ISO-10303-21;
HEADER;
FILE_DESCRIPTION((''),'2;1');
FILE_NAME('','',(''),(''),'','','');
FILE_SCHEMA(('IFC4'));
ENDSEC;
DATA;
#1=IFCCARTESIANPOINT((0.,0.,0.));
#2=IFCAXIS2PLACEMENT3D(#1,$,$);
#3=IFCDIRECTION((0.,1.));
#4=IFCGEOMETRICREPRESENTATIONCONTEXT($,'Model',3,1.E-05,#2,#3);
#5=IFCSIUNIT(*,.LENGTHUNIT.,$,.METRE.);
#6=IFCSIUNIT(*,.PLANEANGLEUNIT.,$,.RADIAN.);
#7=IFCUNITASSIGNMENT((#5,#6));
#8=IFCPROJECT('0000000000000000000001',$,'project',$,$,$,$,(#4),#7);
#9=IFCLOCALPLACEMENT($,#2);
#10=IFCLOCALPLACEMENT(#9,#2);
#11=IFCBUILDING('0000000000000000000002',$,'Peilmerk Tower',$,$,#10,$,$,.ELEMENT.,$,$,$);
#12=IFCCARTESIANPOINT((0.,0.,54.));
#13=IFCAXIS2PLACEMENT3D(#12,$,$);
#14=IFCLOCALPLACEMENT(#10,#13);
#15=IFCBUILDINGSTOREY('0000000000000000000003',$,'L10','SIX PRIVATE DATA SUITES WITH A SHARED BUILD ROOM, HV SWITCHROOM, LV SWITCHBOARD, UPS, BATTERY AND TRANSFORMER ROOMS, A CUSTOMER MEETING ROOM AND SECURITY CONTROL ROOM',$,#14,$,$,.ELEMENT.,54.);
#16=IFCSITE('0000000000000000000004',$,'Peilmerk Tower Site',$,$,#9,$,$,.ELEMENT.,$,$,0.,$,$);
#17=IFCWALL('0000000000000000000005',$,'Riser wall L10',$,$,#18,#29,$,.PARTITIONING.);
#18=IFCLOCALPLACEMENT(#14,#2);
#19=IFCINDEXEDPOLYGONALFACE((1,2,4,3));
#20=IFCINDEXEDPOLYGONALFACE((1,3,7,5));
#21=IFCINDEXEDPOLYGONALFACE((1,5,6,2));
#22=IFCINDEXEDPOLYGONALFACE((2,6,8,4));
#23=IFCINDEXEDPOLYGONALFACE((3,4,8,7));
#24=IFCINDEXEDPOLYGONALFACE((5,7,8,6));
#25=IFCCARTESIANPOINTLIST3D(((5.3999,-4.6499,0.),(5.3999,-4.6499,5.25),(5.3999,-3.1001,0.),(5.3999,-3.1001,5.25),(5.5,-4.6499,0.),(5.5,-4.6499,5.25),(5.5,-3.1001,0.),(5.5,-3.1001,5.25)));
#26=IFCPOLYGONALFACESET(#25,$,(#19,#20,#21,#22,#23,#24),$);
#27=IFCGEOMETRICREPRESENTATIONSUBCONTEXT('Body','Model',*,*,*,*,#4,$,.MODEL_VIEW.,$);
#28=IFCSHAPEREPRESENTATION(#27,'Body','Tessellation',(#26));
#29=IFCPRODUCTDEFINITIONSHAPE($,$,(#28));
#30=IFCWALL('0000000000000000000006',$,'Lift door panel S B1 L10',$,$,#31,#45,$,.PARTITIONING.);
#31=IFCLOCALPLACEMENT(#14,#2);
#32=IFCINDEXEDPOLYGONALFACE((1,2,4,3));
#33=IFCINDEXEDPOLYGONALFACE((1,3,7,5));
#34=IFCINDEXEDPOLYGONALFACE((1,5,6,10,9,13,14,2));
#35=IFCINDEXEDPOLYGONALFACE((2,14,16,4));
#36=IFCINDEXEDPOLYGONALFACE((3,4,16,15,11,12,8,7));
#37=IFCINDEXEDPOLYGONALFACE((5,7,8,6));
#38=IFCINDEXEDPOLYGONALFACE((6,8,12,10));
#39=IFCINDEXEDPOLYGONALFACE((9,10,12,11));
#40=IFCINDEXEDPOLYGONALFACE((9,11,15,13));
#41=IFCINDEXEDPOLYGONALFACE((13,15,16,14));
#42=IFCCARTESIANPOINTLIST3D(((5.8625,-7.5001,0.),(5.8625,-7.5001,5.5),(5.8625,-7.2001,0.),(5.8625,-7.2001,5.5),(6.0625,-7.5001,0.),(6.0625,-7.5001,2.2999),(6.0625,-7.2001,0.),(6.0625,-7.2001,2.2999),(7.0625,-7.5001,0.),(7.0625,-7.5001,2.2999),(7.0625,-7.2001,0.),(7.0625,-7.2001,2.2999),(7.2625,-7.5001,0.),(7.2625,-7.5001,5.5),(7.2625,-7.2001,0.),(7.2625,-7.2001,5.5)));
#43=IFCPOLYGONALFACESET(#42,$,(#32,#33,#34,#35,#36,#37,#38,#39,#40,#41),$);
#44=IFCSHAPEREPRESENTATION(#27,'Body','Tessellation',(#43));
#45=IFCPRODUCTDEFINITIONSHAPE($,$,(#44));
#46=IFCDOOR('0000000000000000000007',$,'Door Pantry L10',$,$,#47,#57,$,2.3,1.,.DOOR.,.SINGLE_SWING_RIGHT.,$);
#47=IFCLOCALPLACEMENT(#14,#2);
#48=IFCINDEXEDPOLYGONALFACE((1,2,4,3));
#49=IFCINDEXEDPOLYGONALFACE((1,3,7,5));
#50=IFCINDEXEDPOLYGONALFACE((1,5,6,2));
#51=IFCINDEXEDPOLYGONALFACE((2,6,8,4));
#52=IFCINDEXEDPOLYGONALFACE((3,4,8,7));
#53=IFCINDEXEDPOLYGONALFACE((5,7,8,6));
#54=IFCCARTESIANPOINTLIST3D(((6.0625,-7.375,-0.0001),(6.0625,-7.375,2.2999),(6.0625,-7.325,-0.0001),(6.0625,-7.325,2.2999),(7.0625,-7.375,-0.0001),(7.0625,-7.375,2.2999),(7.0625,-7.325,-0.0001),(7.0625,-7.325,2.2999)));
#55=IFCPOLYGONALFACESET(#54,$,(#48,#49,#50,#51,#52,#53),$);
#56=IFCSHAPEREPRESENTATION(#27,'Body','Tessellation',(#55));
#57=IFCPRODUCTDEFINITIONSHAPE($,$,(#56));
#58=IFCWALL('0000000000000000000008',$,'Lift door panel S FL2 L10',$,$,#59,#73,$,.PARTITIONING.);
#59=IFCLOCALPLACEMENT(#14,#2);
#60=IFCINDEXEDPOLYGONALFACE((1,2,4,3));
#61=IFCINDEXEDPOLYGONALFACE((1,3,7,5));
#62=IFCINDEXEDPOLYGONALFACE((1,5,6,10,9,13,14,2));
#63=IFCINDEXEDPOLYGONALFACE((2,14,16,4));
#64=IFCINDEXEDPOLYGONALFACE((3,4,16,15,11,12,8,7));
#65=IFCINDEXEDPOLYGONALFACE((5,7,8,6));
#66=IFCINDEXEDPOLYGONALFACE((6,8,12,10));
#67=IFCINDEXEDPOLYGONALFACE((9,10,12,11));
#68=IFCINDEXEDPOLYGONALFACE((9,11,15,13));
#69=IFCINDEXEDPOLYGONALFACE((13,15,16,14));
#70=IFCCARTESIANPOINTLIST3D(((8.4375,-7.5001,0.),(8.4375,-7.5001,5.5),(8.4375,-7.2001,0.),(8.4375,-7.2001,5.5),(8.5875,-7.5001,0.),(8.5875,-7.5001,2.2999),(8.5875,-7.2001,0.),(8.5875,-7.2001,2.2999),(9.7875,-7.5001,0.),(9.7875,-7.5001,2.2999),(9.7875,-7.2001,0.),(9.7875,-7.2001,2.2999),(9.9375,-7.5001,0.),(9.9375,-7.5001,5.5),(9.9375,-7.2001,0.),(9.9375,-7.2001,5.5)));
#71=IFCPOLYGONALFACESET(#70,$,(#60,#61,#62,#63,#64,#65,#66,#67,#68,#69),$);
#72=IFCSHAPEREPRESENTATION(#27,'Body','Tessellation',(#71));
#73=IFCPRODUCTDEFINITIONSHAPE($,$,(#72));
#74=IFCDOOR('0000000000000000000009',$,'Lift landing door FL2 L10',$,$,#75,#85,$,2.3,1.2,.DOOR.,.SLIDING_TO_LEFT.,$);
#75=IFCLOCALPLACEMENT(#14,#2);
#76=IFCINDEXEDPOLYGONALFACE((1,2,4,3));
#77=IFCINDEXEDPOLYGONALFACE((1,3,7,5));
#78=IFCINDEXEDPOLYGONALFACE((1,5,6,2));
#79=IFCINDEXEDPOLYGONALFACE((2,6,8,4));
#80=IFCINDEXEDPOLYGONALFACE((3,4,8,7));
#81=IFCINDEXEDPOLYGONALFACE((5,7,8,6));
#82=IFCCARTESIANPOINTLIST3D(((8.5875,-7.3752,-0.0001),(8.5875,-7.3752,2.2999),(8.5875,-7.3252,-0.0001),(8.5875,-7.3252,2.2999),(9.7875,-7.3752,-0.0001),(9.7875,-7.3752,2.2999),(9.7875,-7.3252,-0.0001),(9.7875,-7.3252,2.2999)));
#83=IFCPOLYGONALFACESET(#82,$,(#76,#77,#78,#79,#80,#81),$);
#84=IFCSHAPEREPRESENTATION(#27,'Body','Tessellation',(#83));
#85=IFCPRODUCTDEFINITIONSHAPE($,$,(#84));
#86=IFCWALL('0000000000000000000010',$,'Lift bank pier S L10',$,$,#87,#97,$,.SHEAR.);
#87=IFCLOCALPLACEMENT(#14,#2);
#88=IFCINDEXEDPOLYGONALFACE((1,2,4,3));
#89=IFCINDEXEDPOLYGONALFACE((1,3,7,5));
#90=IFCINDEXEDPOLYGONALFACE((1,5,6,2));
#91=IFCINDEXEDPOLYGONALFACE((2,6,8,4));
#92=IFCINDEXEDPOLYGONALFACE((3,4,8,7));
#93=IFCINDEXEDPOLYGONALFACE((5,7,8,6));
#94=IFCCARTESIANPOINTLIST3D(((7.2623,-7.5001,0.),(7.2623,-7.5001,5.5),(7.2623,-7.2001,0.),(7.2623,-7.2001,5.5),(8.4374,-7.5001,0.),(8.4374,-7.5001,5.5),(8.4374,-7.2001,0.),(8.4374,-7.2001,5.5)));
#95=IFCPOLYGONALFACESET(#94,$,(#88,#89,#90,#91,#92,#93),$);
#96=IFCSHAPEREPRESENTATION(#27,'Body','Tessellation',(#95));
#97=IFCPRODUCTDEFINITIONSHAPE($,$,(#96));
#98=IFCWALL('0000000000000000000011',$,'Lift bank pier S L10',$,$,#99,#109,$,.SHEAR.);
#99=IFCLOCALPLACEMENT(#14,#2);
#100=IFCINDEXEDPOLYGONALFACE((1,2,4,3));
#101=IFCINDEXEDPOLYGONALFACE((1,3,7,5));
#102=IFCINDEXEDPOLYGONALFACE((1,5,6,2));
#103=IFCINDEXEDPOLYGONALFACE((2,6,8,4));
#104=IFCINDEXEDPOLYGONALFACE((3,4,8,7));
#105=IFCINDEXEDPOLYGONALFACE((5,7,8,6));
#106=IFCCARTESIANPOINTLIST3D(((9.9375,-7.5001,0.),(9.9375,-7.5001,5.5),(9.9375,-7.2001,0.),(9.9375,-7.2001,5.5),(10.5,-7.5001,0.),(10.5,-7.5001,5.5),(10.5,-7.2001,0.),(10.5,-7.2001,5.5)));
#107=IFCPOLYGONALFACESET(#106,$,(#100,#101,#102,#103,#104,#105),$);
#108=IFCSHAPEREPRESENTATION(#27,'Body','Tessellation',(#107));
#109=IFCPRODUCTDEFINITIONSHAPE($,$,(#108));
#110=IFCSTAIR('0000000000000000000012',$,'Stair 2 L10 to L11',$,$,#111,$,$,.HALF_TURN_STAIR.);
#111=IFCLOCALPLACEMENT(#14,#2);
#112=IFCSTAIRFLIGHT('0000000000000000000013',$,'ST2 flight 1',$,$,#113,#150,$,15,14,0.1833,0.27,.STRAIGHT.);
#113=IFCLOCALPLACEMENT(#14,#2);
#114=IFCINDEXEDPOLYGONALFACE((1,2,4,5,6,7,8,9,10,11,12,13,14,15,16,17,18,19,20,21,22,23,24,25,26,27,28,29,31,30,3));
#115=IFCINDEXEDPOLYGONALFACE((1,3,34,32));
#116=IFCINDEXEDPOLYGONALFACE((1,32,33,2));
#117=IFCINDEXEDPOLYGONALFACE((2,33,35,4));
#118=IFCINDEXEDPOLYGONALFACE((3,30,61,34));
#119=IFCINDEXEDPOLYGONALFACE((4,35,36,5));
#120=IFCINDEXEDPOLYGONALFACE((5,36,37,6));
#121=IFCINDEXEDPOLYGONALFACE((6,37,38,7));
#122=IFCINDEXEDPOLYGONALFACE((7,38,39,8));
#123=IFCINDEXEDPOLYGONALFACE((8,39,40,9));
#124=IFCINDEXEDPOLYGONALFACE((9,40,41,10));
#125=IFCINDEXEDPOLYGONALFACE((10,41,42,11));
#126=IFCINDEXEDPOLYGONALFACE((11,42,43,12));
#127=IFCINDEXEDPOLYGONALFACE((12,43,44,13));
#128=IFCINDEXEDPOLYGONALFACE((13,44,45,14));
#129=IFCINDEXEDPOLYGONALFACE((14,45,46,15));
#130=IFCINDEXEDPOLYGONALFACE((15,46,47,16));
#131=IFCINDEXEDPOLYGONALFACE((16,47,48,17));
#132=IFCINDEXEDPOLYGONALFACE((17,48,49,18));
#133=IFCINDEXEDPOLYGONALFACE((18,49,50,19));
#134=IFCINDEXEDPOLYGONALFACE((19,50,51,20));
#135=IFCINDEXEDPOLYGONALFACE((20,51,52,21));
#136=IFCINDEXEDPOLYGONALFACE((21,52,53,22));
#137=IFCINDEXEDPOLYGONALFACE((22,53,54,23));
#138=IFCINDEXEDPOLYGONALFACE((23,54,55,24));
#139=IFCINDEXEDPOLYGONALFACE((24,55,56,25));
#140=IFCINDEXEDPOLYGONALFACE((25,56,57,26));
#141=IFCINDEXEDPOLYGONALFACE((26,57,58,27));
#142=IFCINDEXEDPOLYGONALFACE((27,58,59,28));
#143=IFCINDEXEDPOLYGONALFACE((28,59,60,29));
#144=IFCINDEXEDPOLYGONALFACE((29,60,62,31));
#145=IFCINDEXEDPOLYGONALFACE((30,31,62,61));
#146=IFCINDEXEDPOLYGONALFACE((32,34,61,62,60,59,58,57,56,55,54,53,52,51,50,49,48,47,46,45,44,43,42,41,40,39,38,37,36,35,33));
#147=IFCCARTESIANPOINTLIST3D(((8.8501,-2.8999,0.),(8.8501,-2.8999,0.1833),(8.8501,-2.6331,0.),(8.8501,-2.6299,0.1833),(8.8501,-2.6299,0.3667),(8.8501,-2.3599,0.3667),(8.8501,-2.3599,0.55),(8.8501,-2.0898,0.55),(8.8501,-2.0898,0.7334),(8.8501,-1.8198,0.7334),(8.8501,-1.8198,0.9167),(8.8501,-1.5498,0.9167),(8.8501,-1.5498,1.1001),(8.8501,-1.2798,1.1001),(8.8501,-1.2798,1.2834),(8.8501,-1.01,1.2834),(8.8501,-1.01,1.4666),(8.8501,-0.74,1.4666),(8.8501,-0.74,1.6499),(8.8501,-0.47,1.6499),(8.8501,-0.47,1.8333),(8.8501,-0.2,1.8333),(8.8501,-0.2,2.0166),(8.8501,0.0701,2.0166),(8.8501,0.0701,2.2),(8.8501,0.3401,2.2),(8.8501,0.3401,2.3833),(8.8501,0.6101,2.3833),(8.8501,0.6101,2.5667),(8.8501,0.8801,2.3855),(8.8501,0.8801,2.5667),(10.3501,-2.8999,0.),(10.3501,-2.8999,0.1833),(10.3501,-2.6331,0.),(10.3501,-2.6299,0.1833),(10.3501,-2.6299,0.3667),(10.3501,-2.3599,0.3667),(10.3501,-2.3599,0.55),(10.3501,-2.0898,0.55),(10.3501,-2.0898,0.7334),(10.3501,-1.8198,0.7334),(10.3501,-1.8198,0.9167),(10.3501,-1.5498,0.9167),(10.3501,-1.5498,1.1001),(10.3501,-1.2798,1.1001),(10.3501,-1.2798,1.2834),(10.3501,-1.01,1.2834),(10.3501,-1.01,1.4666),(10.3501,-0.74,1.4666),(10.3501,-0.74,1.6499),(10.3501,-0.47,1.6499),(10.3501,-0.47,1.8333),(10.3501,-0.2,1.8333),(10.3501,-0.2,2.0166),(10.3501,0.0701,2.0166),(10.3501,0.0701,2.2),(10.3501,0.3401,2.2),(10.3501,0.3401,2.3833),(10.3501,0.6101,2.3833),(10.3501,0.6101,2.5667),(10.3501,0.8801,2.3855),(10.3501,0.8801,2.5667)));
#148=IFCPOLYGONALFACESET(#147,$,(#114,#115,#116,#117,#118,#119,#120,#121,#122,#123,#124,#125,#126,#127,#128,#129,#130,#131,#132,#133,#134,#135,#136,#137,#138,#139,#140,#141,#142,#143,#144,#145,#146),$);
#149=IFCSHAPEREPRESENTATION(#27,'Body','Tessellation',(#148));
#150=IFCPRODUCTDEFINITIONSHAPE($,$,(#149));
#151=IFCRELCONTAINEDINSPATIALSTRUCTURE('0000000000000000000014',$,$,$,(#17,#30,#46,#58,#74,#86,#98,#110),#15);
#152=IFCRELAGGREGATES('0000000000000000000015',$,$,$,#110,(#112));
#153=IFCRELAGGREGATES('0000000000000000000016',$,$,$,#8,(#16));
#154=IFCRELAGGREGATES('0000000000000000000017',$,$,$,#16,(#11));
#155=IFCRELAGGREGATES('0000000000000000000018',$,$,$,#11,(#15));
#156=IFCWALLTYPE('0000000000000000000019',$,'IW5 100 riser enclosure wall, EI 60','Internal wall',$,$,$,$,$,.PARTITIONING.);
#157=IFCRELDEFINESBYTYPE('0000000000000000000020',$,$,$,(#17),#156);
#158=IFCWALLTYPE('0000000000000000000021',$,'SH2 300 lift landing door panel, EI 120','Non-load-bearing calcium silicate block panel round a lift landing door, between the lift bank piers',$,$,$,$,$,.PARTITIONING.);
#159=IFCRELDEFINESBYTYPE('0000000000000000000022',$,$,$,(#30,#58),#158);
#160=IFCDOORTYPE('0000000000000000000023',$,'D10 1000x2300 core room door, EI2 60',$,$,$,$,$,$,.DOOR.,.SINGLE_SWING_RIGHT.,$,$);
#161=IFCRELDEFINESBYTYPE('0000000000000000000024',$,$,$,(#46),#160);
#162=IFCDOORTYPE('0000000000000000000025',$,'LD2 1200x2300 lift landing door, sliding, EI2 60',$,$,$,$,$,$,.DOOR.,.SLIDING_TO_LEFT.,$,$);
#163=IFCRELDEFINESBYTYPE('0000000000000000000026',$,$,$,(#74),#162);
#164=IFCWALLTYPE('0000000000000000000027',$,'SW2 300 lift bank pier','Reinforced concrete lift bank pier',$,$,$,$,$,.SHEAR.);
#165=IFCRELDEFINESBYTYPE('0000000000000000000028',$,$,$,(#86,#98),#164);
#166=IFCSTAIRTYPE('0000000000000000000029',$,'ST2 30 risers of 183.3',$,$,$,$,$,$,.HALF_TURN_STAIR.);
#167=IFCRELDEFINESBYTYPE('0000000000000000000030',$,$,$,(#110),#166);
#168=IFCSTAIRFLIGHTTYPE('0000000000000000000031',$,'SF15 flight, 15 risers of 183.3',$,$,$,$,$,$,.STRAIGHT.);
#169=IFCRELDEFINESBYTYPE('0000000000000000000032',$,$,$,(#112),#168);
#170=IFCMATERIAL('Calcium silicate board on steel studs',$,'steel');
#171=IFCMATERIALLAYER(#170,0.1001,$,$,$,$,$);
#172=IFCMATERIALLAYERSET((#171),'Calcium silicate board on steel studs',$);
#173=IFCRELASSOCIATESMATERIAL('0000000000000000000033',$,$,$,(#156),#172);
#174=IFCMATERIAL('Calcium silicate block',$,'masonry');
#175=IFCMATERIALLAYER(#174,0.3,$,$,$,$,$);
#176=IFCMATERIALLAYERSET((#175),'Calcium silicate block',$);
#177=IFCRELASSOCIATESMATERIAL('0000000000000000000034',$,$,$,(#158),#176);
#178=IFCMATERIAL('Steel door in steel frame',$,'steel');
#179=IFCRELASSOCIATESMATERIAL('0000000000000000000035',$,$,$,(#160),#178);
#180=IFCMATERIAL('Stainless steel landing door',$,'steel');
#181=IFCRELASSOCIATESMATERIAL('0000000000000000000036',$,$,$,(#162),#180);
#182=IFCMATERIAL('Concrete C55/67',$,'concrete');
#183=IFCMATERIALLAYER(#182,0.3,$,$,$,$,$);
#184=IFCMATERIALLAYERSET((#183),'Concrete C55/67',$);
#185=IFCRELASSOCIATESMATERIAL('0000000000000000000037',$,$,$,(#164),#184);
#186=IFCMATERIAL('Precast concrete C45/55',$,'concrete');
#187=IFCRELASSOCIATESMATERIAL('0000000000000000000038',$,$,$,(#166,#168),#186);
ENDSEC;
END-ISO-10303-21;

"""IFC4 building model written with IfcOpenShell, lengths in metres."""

from ifc_helpers import new_model, si_unit, direction, frame, frame_2d, origin, place, context, subcontext, project, spatial, polyline, rectangle, outline, extrude, material, layer, layer_set, type_object, element, fill, aggregate, save


model = new_model("IFC4")

# Units and contexts
model_context = context("Model", 3, precision=1e-05, world=origin(), true_north=direction((0.0, 1.0)))
body_context = subcontext(model_context, "Body", "Model", "MODEL_VIEW")
ifc_project = project(units=[si_unit("LENGTHUNIT", "METRE"), si_unit("PLANEANGLEUNIT", "RADIAN")], contexts=[model_context])

# Site, building, storey
site_placement = place(None, origin())
site = spatial("IfcSite", under=ifc_project, at=site_placement, Name="Peilmerk Tower Site", CompositionType="ELEMENT", RefElevation=0.0)
building_placement = place(site_placement, origin())
building = spatial("IfcBuilding", under=site, at=building_placement, Name="Peilmerk Tower", CompositionType="ELEMENT")
storey_placement = place(building_placement, frame((0.0, 0.0, 54.0)))
storey = spatial("IfcBuildingStorey", under=building, at=storey_placement, Name="L10", Description="SIX PRIVATE DATA SUITES WITH A SHARED BUILD ROOM, HV SWITCHROOM, LV SWITCHBOARD, UPS, BATTERY AND TRANSFORMER ROOMS, A CUSTOMER MEETING ROOM AND SECURITY CONTROL ROOM", CompositionType="ELEMENT", Elevation=54.0)

# Shared definitions
ifc_material_1 = material(Name="Steel door in steel frame", Category="steel")

# Shared definitions
ifc_material_2 = material(Name="Calcium silicate board on steel studs", Category="steel")
ifc_layer_1 = layer(ifc_material_2, 0.1001)
ifc_layer_set_1 = layer_set([ifc_layer_1], Name="Calcium silicate board on steel studs")
wall_type_1 = type_object("IfcWallType", Name="IW5 100 riser enclosure wall, EI 60", Description="Internal wall", PredefinedType="PARTITIONING", material=ifc_layer_set_1)

# Wall
wall_1_placement = place(storey_placement, frame((5.45, -3.1001, 0.0), z_axis=(0.0, 0.0, 1.0), x_axis=(0.0, -1.0, 0.0)))
element("IfcWall", 1, at=wall_1_placement, inside=storey, type_object=wall_type_1, Name="Riser wall L10", PredefinedType="PARTITIONING", context=body_context, shape_type="SweptSolid", body=[
    extrude(rectangle(XDim=1.5498, YDim=0.1001, at=frame_2d((0.7749, 0.0))), origin(), (0.0, 0.0, 1.0), 5.25),
])

# Walls, openings, doors
ifc_material_3 = material(Name="Calcium silicate block", Category="masonry")
ifc_layer_2 = layer(ifc_material_3, 0.3)
ifc_layer_set_2 = layer_set([ifc_layer_2], Name="Calcium silicate block")
wall_type_2 = type_object("IfcWallType", Name="SH2 300 lift landing door panel, EI 120", Description="Non-load-bearing calcium silicate block panel round a lift landing door, between the lift bank piers", PredefinedType="PARTITIONING", material=ifc_layer_set_2)
wall_2_placement = place(storey_placement, frame((5.8625, -7.3501, 0.0), z_axis=(0.0, 0.0, 1.0), x_axis=(1.0, 0.0, 0.0)))
wall_2 = element("IfcWall", 2, at=wall_2_placement, inside=storey, type_object=wall_type_2, Name="Lift door panel S B1 L10", PredefinedType="PARTITIONING", context=body_context, shape_type="SweptSolid", body=[
    extrude(rectangle(XDim=1.3999, YDim=0.3, at=frame_2d((0.7, 0.0))), origin(), (0.0, 0.0, 1.0), 5.5),
])
opening_1_placement = place(wall_2_placement, frame((0.2, 0.0, 0.0)))
opening_1 = element("IfcOpeningElement", 3, at=opening_1_placement, cuts=wall_2, PredefinedType="OPENING", context=body_context, shape_type="SweptSolid", body=[
    extrude(rectangle(XDim=1.0, YDim=2.3, at=frame_2d((0.5, 1.1499))), frame((0.0, 0.1599, 0.0), z_axis=(0.0, -1.0, 0.0), x_axis=(1.0, 0.0, 0.0)), (0.0, 0.0, 1.0), 0.3201),
])
door_type_1 = type_object("IfcDoorType", Name="D10 1000x2300 core room door, EI2 60", OperationType="SINGLE_SWING_RIGHT", PredefinedType="DOOR", material=ifc_material_1)
door_1_placement = place(opening_1_placement, frame((1.0, 0.0, 0.0), z_axis=(0.0, 0.0, 1.0), x_axis=(-1.0, 0.0, 0.0)))
door_1 = element("IfcDoor", 4, at=door_1_placement, inside=storey, type_object=door_type_1, Name="Door Pantry L10", OperationType="SINGLE_SWING_RIGHT", OverallHeight=2.3, OverallWidth=1.0, PredefinedType="DOOR", context=body_context, shape_type="SweptSolid", body=[
    extrude(rectangle(XDim=1.0, YDim=2.3, at=frame_2d((0.5, 1.1499))), frame((0.0, 0.0249, 0.0), z_axis=(0.0, -1.0, 0.0), x_axis=(1.0, 0.0, 0.0)), (0.0, 0.0, 1.0), 0.05),
])
fill(opening_1, door_1)
wall_3_placement = place(storey_placement, frame((8.4375, -7.3501, 0.0), z_axis=(0.0, 0.0, 1.0), x_axis=(1.0, 0.0, 0.0)))
wall_3 = element("IfcWall", 5, at=wall_3_placement, inside=storey, type_object=wall_type_2, Name="Lift door panel S FL2 L10", PredefinedType="PARTITIONING", context=body_context, shape_type="SweptSolid", body=[
    extrude(rectangle(XDim=1.5, YDim=0.3, at=frame_2d((0.75, 0.0))), origin(), (0.0, 0.0, 1.0), 5.5),
])
opening_2_placement = place(wall_3_placement, frame((0.1499, 0.0, 0.0)))
opening_2 = element("IfcOpeningElement", 6, at=opening_2_placement, cuts=wall_3, PredefinedType="OPENING", context=body_context, shape_type="SweptSolid", body=[
    extrude(rectangle(XDim=1.2, YDim=2.3, at=frame_2d((0.6001, 1.1499))), frame((0.0, 0.1599, 0.0), z_axis=(0.0, -1.0, 0.0), x_axis=(1.0, 0.0, 0.0)), (0.0, 0.0, 1.0), 0.3201),
])
ifc_material_4 = material(Name="Stainless steel landing door", Category="steel")
door_type_2 = type_object("IfcDoorType", Name="LD2 1200x2300 lift landing door, sliding, EI2 60", OperationType="SLIDING_TO_LEFT", PredefinedType="DOOR", material=ifc_material_4)
door_2_placement = place(opening_2_placement, origin())
door_2 = element("IfcDoor", 7, at=door_2_placement, inside=storey, type_object=door_type_2, Name="Lift landing door FL2 L10", OperationType="SLIDING_TO_LEFT", OverallHeight=2.3, OverallWidth=1.2, PredefinedType="DOOR", context=body_context, shape_type="SweptSolid", body=[
    extrude(rectangle(XDim=1.2, YDim=2.3, at=frame_2d((0.6001, 1.1499))), frame((0.0, 0.0249, 0.0), z_axis=(0.0, -1.0, 0.0), x_axis=(1.0, 0.0, 0.0)), (0.0, 0.0, 1.0), 0.05),
])
fill(opening_2, door_2)

# Walls
ifc_material_5 = material(Name="Concrete C55/67", Category="concrete")
ifc_layer_3 = layer(ifc_material_5, 0.3)
ifc_layer_set_3 = layer_set([ifc_layer_3], Name="Concrete C55/67")
wall_type_3 = type_object("IfcWallType", Name="SW2 300 lift bank pier", Description="Reinforced concrete lift bank pier", PredefinedType="SHEAR", material=ifc_layer_set_3)
wall_4_placement = place(storey_placement, frame((7.2625, -7.3501, 0.0), z_axis=(0.0, 0.0, 1.0), x_axis=(1.0, 0.0, 0.0)))
element("IfcWall", 8, at=wall_4_placement, inside=storey, type_object=wall_type_3, Name="Lift bank pier S L10", PredefinedType="SHEAR", context=body_context, shape_type="SweptSolid", body=[
    extrude(rectangle(XDim=1.175, YDim=0.3, at=frame_2d((0.5874, 0.0))), origin(), (0.0, 0.0, 1.0), 5.5),
])
wall_5_placement = place(storey_placement, frame((9.9375, -7.3501, 0.0), z_axis=(0.0, 0.0, 1.0), x_axis=(1.0, 0.0, 0.0)))
element("IfcWall", 9, at=wall_5_placement, inside=storey, type_object=wall_type_3, Name="Lift bank pier S L10", PredefinedType="SHEAR", context=body_context, shape_type="SweptSolid", body=[
    extrude(rectangle(XDim=0.5625, YDim=0.3, at=frame_2d((0.2812, 0.0))), origin(), (0.0, 0.0, 1.0), 5.5),
])

# Stair, stair flight
ifc_material_6 = material(Name="Precast concrete C45/55", Category="concrete")
stair_type = type_object("IfcStairType", Name="ST2 30 risers of 183.3", PredefinedType="HALF_TURN_STAIR", material=ifc_material_6)
stair_placement = place(storey_placement, origin())
stair = element("IfcStair", 10, at=stair_placement, inside=storey, type_object=stair_type, Name="Stair 2 L10 to L11", PredefinedType="HALF_TURN_STAIR")
stair_flight_type = type_object("IfcStairFlightType", Name="SF15 flight, 15 risers of 183.3", PredefinedType="STRAIGHT", material=ifc_material_6)
stair_flight_placement = place(storey_placement, frame((9.6001, -2.8999, 0.0), z_axis=(0.0, 0.0, 1.0), x_axis=(0.0, 1.0, 0.0)))
stair_flight = element("IfcStairFlight", 11, at=stair_flight_placement, type_object=stair_flight_type, Name="ST2 flight 1", NumberOfRisers=15, NumberOfTreads=14, PredefinedType="STRAIGHT", RiserHeight=0.1833, TreadLength=0.27, context=body_context, shape_type="SweptSolid", body=[
    extrude(outline(polyline([(0.0, 0.0), (0.0, 0.1833), (0.27, 0.1833), (0.27, 0.3667), (0.54, 0.3667), (0.54, 0.55), (0.8101, 0.55), (0.8101, 0.7334), (1.0801, 0.7334), (1.0801, 0.9167), (1.3501, 0.9167), (1.3501, 1.1001), (1.6201, 1.1001), (1.6201, 1.2834), (1.8899, 1.2834), (1.8899, 1.4666), (2.1599, 1.4666), (2.1599, 1.6499), (2.4299, 1.6499), (2.4299, 1.8333), (2.7, 1.8333), (2.7, 2.0166), (2.97, 2.0166), (2.97, 2.2), (3.24, 2.2), (3.24, 2.3833), (3.51, 2.3833), (3.51, 2.5667), (3.78, 2.5667), (3.78, 2.75), (3.78, 2.3855), (0.2668, 0.0), (0.0, 0.0)])), frame((0.0, 0.75, 0.0), z_axis=(0.0, -1.0, 0.0), x_axis=(1.0, 0.0, 0.0)), (0.0, 0.0, 1.0), 1.5),
])
aggregate(stair, [stair_flight])

save(model, "model.ifc")
